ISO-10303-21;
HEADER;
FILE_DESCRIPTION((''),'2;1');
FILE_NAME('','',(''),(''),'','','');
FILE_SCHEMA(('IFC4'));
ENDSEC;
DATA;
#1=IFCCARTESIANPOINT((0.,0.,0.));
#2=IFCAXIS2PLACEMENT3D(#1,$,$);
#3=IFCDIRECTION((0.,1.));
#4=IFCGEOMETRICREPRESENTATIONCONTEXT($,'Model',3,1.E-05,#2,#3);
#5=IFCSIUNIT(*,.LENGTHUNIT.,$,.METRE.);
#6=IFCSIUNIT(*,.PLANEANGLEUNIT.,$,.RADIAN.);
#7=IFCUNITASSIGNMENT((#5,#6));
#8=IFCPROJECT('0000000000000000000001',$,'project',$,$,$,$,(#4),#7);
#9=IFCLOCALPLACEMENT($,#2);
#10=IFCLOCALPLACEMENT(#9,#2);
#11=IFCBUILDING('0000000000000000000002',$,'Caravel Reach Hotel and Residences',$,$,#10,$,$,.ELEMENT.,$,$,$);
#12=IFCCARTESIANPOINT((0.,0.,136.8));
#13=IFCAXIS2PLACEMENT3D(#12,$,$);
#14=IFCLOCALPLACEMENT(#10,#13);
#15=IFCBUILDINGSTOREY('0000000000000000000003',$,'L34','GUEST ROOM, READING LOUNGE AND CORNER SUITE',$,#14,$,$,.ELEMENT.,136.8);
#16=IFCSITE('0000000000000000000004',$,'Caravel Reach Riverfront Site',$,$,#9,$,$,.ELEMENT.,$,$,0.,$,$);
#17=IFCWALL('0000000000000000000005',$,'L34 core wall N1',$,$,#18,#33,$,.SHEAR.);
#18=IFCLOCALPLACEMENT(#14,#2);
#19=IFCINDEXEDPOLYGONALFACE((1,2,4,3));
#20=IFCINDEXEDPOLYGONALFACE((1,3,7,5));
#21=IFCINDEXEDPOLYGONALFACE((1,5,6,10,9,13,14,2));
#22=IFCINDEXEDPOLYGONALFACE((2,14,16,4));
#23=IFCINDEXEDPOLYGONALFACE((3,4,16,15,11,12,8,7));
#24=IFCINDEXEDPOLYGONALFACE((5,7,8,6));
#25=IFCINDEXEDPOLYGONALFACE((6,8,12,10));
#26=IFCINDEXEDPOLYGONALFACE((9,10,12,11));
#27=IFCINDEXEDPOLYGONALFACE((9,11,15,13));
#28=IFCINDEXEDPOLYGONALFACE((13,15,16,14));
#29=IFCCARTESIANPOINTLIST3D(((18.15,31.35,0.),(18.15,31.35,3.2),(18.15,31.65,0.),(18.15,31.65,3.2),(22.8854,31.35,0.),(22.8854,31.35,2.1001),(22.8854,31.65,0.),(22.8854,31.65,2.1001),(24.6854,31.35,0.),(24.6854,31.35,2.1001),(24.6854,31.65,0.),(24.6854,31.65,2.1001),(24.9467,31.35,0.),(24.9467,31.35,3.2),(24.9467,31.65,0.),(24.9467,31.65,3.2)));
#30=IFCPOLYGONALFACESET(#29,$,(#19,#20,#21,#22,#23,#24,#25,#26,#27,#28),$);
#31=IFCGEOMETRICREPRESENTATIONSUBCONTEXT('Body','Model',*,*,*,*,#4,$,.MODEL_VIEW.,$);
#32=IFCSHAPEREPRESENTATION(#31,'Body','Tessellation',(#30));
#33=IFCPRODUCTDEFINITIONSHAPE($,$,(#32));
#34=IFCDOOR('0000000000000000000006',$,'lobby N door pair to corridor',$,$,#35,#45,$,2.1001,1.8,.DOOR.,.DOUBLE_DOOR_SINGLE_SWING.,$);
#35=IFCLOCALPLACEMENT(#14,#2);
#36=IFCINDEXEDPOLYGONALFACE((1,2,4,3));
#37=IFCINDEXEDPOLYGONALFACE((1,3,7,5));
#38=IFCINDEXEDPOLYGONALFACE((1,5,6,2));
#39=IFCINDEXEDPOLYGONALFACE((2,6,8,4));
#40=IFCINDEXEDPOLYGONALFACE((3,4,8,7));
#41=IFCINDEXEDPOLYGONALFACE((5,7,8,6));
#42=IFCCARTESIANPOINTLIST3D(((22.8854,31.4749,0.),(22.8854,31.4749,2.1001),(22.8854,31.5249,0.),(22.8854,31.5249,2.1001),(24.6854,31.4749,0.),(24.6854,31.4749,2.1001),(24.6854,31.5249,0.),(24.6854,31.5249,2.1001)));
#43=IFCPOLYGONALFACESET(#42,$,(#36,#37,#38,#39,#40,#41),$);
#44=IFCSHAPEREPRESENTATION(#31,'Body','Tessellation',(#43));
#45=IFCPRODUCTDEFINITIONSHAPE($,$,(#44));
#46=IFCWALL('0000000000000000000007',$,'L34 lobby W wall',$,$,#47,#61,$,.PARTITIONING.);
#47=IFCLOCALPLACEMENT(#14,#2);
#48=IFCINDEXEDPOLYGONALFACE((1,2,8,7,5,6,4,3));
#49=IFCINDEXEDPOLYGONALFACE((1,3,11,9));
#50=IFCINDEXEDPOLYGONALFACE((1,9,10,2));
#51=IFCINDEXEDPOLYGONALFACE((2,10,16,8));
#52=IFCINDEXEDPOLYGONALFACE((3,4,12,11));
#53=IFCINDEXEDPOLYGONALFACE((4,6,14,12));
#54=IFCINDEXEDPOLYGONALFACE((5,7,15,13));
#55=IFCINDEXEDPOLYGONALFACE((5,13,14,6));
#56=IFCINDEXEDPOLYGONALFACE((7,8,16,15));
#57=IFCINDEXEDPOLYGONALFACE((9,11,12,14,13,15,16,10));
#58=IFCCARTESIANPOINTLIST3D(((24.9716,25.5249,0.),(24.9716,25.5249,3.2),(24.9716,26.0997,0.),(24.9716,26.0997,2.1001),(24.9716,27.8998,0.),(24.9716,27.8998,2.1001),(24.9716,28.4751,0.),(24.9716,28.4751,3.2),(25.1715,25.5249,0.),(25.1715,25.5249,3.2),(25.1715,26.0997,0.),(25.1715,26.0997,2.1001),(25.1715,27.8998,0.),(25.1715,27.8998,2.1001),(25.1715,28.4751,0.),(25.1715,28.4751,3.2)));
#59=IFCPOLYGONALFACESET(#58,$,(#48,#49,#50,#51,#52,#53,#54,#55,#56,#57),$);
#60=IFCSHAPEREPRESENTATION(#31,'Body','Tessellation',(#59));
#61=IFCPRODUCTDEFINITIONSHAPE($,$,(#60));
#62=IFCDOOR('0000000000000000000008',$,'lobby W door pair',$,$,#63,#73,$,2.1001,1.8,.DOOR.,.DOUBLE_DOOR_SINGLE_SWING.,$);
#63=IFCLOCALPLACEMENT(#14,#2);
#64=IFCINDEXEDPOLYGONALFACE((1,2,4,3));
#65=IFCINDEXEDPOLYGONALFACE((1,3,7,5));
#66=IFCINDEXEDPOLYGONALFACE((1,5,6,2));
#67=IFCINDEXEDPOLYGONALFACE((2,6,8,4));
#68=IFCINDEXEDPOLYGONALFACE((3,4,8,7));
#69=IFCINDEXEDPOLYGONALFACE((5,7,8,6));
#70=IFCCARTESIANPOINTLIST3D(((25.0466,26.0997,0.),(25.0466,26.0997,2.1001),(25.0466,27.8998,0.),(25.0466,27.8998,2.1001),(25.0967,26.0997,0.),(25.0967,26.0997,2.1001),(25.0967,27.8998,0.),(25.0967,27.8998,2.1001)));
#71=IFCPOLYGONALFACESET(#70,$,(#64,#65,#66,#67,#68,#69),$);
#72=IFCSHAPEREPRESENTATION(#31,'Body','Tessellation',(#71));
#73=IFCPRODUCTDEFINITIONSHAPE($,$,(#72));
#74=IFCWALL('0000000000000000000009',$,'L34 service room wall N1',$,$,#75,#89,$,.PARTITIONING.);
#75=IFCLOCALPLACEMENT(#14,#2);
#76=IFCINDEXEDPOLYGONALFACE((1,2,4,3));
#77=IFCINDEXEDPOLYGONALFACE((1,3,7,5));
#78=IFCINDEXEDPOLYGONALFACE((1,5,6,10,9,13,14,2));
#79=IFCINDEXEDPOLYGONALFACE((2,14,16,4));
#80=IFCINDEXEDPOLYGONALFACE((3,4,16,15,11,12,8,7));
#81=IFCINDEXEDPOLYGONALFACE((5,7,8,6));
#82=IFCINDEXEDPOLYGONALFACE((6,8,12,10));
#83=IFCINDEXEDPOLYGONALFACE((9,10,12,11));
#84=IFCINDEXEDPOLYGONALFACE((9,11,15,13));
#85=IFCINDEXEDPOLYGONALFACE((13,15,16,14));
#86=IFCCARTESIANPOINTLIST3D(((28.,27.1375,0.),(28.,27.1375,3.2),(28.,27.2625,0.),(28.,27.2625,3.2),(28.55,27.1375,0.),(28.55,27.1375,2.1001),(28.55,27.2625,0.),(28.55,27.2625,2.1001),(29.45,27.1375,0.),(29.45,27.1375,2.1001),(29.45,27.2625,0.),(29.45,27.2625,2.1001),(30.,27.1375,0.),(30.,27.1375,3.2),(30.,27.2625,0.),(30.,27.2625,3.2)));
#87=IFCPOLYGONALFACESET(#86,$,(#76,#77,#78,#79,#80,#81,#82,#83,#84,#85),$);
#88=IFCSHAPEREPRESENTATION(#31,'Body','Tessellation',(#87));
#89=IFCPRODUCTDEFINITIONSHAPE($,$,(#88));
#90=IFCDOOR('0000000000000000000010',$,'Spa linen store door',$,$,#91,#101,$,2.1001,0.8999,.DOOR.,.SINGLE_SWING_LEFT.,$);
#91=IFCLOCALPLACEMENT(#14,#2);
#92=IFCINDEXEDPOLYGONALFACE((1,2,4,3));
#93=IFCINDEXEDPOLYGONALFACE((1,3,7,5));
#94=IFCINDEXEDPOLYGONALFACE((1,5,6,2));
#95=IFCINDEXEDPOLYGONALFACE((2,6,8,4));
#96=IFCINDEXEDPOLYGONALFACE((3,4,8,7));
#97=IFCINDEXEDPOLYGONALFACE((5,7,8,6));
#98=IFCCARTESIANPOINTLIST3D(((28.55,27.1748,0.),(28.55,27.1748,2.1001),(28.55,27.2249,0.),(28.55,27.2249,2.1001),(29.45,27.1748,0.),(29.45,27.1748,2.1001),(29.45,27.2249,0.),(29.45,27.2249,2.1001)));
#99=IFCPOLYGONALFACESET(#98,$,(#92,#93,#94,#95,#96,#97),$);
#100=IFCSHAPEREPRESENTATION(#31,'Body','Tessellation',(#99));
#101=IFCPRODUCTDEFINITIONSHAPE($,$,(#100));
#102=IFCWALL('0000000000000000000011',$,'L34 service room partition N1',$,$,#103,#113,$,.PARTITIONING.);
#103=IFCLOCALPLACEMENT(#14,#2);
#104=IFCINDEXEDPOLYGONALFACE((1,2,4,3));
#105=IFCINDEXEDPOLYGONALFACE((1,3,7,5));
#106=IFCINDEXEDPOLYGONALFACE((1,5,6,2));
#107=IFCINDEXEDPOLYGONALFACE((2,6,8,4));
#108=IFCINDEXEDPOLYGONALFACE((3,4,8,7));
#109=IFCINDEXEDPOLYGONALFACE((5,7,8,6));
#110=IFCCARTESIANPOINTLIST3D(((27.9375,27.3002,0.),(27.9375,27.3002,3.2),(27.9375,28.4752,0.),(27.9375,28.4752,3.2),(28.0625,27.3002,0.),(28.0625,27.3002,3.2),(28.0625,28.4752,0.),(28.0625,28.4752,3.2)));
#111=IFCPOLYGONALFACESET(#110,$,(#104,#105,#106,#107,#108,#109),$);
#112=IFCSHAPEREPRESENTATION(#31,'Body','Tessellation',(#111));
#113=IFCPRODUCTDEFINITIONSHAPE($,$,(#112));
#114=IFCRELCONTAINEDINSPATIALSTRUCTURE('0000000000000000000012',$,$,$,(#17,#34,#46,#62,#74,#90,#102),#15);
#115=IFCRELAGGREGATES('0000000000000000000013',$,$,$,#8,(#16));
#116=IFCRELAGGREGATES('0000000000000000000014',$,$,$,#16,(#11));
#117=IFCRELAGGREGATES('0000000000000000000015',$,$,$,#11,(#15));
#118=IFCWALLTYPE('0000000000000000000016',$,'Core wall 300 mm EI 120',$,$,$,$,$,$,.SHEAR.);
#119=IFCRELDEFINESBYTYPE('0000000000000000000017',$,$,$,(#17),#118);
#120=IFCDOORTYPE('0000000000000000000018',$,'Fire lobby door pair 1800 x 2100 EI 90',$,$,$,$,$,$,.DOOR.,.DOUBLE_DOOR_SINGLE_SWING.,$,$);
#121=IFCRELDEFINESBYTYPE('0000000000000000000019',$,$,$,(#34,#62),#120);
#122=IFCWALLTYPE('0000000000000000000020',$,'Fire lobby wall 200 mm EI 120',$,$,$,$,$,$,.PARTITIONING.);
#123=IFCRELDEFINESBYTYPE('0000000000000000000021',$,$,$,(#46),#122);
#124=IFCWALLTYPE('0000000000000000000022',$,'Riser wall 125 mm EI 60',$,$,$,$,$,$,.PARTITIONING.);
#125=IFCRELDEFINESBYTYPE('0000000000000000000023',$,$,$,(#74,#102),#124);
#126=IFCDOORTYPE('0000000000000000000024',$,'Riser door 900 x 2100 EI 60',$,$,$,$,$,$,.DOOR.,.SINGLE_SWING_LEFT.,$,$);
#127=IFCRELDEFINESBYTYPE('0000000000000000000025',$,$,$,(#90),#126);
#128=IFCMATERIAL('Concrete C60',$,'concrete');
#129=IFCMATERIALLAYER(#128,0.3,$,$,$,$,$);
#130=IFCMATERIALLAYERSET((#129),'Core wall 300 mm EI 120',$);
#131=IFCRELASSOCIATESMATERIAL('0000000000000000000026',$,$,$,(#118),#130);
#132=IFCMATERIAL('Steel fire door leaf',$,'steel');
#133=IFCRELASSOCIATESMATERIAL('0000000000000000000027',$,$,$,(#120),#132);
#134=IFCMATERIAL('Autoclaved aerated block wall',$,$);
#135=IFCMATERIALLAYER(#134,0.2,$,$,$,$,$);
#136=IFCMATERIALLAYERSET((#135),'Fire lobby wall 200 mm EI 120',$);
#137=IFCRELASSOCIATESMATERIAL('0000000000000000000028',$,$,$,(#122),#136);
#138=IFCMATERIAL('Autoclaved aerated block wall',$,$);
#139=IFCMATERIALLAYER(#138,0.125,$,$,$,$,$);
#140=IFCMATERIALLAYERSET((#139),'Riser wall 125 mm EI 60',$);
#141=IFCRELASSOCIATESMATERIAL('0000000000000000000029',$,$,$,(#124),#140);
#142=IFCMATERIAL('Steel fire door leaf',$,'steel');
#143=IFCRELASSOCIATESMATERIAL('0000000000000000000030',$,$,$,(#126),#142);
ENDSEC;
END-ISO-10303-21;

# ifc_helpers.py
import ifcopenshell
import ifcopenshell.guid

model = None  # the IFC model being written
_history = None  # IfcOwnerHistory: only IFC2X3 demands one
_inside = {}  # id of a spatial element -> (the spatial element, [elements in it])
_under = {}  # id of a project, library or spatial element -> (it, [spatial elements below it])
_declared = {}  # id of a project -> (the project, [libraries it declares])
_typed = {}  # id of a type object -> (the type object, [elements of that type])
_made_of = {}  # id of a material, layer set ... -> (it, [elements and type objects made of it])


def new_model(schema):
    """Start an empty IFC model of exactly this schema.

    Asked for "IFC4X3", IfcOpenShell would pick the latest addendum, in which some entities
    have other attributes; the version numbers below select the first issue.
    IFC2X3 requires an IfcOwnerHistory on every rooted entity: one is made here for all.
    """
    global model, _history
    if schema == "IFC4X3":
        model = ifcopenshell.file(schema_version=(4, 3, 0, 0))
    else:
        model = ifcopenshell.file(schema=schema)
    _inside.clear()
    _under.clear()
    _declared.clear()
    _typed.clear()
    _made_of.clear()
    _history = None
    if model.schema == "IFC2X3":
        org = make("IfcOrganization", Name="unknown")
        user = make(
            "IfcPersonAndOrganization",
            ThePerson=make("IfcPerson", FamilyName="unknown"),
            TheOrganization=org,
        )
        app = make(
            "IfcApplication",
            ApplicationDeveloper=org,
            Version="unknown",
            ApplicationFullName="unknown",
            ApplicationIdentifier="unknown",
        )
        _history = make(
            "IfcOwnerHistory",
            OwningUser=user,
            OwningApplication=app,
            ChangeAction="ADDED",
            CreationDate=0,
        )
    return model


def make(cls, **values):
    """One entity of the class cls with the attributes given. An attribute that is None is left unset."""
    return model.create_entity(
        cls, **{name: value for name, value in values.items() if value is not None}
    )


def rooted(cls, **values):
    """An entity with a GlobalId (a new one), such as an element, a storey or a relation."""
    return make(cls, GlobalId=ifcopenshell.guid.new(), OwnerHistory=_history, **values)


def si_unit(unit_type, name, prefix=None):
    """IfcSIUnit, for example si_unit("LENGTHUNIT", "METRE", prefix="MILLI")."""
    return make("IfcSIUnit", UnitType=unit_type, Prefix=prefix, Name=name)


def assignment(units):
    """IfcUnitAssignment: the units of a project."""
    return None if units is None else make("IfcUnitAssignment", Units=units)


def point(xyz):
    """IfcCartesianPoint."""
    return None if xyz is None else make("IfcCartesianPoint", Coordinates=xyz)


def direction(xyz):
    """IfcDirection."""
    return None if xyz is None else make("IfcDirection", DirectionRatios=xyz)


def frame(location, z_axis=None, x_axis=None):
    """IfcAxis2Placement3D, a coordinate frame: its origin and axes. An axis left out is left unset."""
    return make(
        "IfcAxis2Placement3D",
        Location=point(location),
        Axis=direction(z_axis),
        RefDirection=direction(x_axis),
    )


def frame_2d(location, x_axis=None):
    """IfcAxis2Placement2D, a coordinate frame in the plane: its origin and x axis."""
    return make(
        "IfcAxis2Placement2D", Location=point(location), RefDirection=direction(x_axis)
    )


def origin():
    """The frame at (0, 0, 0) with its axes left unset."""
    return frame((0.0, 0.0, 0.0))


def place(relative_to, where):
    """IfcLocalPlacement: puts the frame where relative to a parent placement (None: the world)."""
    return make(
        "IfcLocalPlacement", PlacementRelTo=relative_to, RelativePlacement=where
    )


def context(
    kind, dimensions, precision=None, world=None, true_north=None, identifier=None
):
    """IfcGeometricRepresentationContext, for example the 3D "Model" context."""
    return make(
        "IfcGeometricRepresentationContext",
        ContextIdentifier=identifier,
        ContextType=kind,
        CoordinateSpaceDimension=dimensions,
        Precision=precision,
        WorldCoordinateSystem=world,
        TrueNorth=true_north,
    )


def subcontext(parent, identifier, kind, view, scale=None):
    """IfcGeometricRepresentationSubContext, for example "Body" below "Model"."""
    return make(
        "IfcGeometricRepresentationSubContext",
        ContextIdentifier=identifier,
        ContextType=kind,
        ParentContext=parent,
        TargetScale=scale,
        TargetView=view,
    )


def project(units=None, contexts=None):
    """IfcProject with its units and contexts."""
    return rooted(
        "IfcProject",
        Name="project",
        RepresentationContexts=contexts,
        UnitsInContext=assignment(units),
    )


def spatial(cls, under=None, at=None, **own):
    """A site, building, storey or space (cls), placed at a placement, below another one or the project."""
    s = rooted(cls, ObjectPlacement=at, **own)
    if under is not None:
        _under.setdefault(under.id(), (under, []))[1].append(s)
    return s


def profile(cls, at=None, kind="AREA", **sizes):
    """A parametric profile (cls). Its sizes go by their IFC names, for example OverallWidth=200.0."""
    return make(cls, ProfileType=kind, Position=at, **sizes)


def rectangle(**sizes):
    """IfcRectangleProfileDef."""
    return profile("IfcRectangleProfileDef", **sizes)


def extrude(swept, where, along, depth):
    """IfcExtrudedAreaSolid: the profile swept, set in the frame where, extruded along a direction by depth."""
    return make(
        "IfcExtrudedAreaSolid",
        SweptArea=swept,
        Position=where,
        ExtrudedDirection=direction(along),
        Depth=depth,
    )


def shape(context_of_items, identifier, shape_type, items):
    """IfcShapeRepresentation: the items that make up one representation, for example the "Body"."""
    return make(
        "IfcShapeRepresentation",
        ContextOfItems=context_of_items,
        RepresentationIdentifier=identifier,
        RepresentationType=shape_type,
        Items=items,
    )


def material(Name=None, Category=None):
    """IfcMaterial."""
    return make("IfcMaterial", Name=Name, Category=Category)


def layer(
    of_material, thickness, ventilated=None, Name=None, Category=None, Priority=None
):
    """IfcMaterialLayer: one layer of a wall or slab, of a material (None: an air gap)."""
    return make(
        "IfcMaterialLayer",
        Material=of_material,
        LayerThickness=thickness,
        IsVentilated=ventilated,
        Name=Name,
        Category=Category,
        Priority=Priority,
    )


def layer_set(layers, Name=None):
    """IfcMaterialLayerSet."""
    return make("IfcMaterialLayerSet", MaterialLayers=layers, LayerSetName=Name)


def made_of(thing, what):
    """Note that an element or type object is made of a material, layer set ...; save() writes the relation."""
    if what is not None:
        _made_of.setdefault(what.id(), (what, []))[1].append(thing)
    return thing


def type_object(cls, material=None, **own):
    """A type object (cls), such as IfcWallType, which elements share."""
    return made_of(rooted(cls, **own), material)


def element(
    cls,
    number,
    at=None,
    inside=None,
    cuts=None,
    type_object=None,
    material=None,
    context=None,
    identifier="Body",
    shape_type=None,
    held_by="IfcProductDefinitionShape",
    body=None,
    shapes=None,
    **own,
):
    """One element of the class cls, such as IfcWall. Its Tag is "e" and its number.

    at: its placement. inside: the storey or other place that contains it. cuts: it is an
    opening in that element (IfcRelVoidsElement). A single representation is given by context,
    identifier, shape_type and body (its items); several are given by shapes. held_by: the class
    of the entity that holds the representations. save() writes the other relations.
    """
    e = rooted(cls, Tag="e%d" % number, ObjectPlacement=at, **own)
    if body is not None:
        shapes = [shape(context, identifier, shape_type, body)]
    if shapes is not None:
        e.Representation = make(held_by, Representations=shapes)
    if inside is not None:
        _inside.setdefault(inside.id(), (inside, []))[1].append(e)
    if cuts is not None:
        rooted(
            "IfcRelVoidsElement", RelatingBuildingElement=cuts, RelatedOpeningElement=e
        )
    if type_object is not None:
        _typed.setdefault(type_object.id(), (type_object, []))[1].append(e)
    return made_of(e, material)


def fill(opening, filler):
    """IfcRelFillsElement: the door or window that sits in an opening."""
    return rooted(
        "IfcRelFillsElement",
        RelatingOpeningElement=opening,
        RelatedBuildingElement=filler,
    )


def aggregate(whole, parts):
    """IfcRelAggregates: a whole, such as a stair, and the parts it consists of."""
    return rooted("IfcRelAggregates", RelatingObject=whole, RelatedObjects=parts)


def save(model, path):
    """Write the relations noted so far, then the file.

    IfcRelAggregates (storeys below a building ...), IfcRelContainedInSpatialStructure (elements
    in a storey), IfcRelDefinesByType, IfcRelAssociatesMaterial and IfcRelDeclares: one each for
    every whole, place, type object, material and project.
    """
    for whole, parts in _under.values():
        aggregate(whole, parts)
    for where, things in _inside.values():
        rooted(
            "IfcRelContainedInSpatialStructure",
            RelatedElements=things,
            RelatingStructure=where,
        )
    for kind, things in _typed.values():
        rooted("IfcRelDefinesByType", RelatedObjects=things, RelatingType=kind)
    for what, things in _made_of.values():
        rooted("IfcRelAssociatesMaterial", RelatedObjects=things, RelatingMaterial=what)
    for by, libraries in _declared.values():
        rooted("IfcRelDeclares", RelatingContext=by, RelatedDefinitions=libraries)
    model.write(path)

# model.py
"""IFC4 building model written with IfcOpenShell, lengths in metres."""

from ifc_helpers import new_model, si_unit, direction, frame, frame_2d, origin, place, context, subcontext, project, spatial, rectangle, extrude, material, layer, layer_set, type_object, element, fill, save


model = new_model("IFC4")

# Units and contexts
model_context = context("Model", 3, precision=1e-05, world=origin(), true_north=direction((0.0, 1.0)))
body_context = subcontext(model_context, "Body", "Model", "MODEL_VIEW")
ifc_project = project(units=[si_unit("LENGTHUNIT", "METRE"), si_unit("PLANEANGLEUNIT", "RADIAN")], contexts=[model_context])

# Site, building, storey
site_placement = place(None, origin())
site = spatial("IfcSite", under=ifc_project, at=site_placement, Name="Caravel Reach Riverfront Site", CompositionType="ELEMENT", RefElevation=0.0)
building_placement = place(site_placement, origin())
building = spatial("IfcBuilding", under=site, at=building_placement, Name="Caravel Reach Hotel and Residences", CompositionType="ELEMENT")
storey_placement = place(building_placement, frame((0.0, 0.0, 136.8)))
storey = spatial("IfcBuildingStorey", under=building, at=storey_placement, Name="L34", Description="GUEST ROOM, READING LOUNGE AND CORNER SUITE", CompositionType="ELEMENT", Elevation=136.8)

# Walls, openings, doors
ifc_material_1 = material(Name="Concrete C60", Category="concrete")
ifc_layer_1 = layer(ifc_material_1, 0.3)
ifc_layer_set_1 = layer_set([ifc_layer_1], Name="Core wall 300 mm EI 120")
wall_type_1 = type_object("IfcWallType", Name="Core wall 300 mm EI 120", PredefinedType="SHEAR", material=ifc_layer_set_1)
wall_1_placement = place(storey_placement, frame((18.1499, 31.5, 0.0), z_axis=(0.0, 0.0, 1.0), x_axis=(1.0, 0.0, 0.0)))
wall_1 = element("IfcWall", 1, at=wall_1_placement, inside=storey, type_object=wall_type_1, Name="L34 core wall N1", PredefinedType="SHEAR", context=body_context, shape_type="SweptSolid", body=[
    extrude(rectangle(XDim=6.7966, YDim=0.3, at=frame_2d((3.3984, 0.0))), origin(), (0.0, 0.0, 1.0), 3.2),
])
opening_1_placement = place(wall_1_placement, frame((4.7356, 0.0, 0.0)))
opening_1 = element("IfcOpeningElement", 2, at=opening_1_placement, cuts=wall_1, PredefinedType="OPENING", context=body_context, shape_type="SweptSolid", body=[
    extrude(rectangle(XDim=1.8, YDim=2.1001, at=frame_2d((0.8999, 1.05))), frame((0.0, 0.1599, 0.0), z_axis=(0.0, -1.0, 0.0), x_axis=(1.0, 0.0, 0.0)), (0.0, 0.0, 1.0), 0.3201),
])
ifc_material_2 = material(Name="Steel fire door leaf", Category="steel")
door_type_1 = type_object("IfcDoorType", Name="Fire lobby door pair 1800 x 2100 EI 90", OperationType="DOUBLE_DOOR_SINGLE_SWING", PredefinedType="DOOR", material=ifc_material_2)
door_1_placement = place(opening_1_placement, origin())
door_1 = element("IfcDoor", 3, at=door_1_placement, inside=storey, type_object=door_type_1, Name="lobby N door pair to corridor", OperationType="DOUBLE_DOOR_SINGLE_SWING", OverallHeight=2.1001, OverallWidth=1.8, PredefinedType="DOOR", context=body_context, shape_type="SweptSolid", body=[
    extrude(rectangle(XDim=1.8, YDim=2.1001, at=frame_2d((0.8999, 1.05))), frame((0.0, 0.0249, 0.0), z_axis=(0.0, -1.0, 0.0), x_axis=(1.0, 0.0, 0.0)), (0.0, 0.0, 1.0), 0.05),
])
fill(opening_1, door_1)
ifc_material_3 = material(Name="Autoclaved aerated block wall")
ifc_layer_2 = layer(ifc_material_3, 0.2)
ifc_layer_set_2 = layer_set([ifc_layer_2], Name="Fire lobby wall 200 mm EI 120")
wall_type_2 = type_object("IfcWallType", Name="Fire lobby wall 200 mm EI 120", PredefinedType="PARTITIONING", material=ifc_layer_set_2)
wall_2_placement = place(storey_placement, frame((25.0715, 25.5249, 0.0), z_axis=(0.0, 0.0, 1.0), x_axis=(0.0, 1.0, 0.0)))
wall_2 = element("IfcWall", 4, at=wall_2_placement, inside=storey, type_object=wall_type_2, Name="L34 lobby W wall", PredefinedType="PARTITIONING", context=body_context, shape_type="SweptSolid", body=[
    extrude(rectangle(XDim=2.9502, YDim=0.2, at=frame_2d((1.4751, 0.0))), origin(), (0.0, 0.0, 1.0), 3.2),
])
opening_2_placement = place(wall_2_placement, frame((0.575, 0.0, 0.0)))
opening_2 = element("IfcOpeningElement", 5, at=opening_2_placement, cuts=wall_2, PredefinedType="OPENING", context=body_context, shape_type="SweptSolid", body=[
    extrude(rectangle(XDim=1.8, YDim=2.1001, at=frame_2d((0.8999, 1.05))), frame((0.0, 0.1099, 0.0), z_axis=(0.0, -1.0, 0.0), x_axis=(1.0, 0.0, 0.0)), (0.0, 0.0, 1.0), 0.22),
])
door_2_placement = place(opening_2_placement, origin())
door_2 = element("IfcDoor", 6, at=door_2_placement, inside=storey, type_object=door_type_1, Name="lobby W door pair", OperationType="DOUBLE_DOOR_SINGLE_SWING", OverallHeight=2.1001, OverallWidth=1.8, PredefinedType="DOOR", context=body_context, shape_type="SweptSolid", body=[
    extrude(rectangle(XDim=1.8, YDim=2.1001, at=frame_2d((0.8999, 1.05))), frame((0.0, 0.0249, 0.0), z_axis=(0.0, -1.0, 0.0), x_axis=(1.0, 0.0, 0.0)), (0.0, 0.0, 1.0), 0.05),
])
fill(opening_2, door_2)
ifc_material_4 = material(Name="Autoclaved aerated block wall")
ifc_layer_3 = layer(ifc_material_4, 0.125)
ifc_layer_set_3 = layer_set([ifc_layer_3], Name="Riser wall 125 mm EI 60")
wall_type_3 = type_object("IfcWallType", Name="Riser wall 125 mm EI 60", PredefinedType="PARTITIONING", material=ifc_layer_set_3)
wall_3_placement = place(storey_placement, frame((28.0, 27.2, 0.0), z_axis=(0.0, 0.0, 1.0), x_axis=(1.0, 0.0, 0.0)))
wall_3 = element("IfcWall", 7, at=wall_3_placement, inside=storey, type_object=wall_type_3, Name="L34 service room wall N1", PredefinedType="PARTITIONING", context=body_context, shape_type="SweptSolid", body=[
    extrude(rectangle(XDim=2.0, YDim=0.125, at=frame_2d((1.0, 0.0))), origin(), (0.0, 0.0, 1.0), 3.2),
])
opening_3_placement = place(wall_3_placement, frame((0.55, 0.0, 0.0)))
opening_3 = element("IfcOpeningElement", 8, at=opening_3_placement, cuts=wall_3, PredefinedType="OPENING", context=body_context, shape_type="SweptSolid", body=[
    extrude(rectangle(XDim=0.8999, YDim=2.1001, at=frame_2d((0.45, 1.05))), frame((0.0, 0.0725, 0.0), z_axis=(0.0, -1.0, 0.0), x_axis=(1.0, 0.0, 0.0)), (0.0, 0.0, 1.0), 0.145),
])
ifc_material_5 = material(Name="Steel fire door leaf", Category="steel")
door_type_2 = type_object("IfcDoorType", Name="Riser door 900 x 2100 EI 60", OperationType="SINGLE_SWING_LEFT", PredefinedType="DOOR", material=ifc_material_5)
door_3_placement = place(opening_3_placement, origin())
door_3 = element("IfcDoor", 9, at=door_3_placement, inside=storey, type_object=door_type_2, Name="Spa linen store door", OperationType="SINGLE_SWING_LEFT", OverallHeight=2.1001, OverallWidth=0.8999, PredefinedType="DOOR", context=body_context, shape_type="SweptSolid", body=[
    extrude(rectangle(XDim=0.8999, YDim=2.1001, at=frame_2d((0.45, 1.05))), frame((0.0, 0.0249, 0.0), z_axis=(0.0, -1.0, 0.0), x_axis=(1.0, 0.0, 0.0)), (0.0, 0.0, 1.0), 0.05),
])
fill(opening_3, door_3)

# Wall
wall_4_placement = place(storey_placement, frame((28.0, 28.4751, 0.0), z_axis=(0.0, 0.0, 1.0), x_axis=(0.0, -1.0, 0.0)))
element("IfcWall", 10, at=wall_4_placement, inside=storey, type_object=wall_type_3, Name="L34 service room partition N1", PredefinedType="PARTITIONING", context=body_context, shape_type="SweptSolid", body=[
    extrude(rectangle(XDim=1.175, YDim=0.125, at=frame_2d((0.5874, 0.0))), origin(), (0.0, 0.0, 1.0), 3.2),
])

save(model, "model.ifc")
